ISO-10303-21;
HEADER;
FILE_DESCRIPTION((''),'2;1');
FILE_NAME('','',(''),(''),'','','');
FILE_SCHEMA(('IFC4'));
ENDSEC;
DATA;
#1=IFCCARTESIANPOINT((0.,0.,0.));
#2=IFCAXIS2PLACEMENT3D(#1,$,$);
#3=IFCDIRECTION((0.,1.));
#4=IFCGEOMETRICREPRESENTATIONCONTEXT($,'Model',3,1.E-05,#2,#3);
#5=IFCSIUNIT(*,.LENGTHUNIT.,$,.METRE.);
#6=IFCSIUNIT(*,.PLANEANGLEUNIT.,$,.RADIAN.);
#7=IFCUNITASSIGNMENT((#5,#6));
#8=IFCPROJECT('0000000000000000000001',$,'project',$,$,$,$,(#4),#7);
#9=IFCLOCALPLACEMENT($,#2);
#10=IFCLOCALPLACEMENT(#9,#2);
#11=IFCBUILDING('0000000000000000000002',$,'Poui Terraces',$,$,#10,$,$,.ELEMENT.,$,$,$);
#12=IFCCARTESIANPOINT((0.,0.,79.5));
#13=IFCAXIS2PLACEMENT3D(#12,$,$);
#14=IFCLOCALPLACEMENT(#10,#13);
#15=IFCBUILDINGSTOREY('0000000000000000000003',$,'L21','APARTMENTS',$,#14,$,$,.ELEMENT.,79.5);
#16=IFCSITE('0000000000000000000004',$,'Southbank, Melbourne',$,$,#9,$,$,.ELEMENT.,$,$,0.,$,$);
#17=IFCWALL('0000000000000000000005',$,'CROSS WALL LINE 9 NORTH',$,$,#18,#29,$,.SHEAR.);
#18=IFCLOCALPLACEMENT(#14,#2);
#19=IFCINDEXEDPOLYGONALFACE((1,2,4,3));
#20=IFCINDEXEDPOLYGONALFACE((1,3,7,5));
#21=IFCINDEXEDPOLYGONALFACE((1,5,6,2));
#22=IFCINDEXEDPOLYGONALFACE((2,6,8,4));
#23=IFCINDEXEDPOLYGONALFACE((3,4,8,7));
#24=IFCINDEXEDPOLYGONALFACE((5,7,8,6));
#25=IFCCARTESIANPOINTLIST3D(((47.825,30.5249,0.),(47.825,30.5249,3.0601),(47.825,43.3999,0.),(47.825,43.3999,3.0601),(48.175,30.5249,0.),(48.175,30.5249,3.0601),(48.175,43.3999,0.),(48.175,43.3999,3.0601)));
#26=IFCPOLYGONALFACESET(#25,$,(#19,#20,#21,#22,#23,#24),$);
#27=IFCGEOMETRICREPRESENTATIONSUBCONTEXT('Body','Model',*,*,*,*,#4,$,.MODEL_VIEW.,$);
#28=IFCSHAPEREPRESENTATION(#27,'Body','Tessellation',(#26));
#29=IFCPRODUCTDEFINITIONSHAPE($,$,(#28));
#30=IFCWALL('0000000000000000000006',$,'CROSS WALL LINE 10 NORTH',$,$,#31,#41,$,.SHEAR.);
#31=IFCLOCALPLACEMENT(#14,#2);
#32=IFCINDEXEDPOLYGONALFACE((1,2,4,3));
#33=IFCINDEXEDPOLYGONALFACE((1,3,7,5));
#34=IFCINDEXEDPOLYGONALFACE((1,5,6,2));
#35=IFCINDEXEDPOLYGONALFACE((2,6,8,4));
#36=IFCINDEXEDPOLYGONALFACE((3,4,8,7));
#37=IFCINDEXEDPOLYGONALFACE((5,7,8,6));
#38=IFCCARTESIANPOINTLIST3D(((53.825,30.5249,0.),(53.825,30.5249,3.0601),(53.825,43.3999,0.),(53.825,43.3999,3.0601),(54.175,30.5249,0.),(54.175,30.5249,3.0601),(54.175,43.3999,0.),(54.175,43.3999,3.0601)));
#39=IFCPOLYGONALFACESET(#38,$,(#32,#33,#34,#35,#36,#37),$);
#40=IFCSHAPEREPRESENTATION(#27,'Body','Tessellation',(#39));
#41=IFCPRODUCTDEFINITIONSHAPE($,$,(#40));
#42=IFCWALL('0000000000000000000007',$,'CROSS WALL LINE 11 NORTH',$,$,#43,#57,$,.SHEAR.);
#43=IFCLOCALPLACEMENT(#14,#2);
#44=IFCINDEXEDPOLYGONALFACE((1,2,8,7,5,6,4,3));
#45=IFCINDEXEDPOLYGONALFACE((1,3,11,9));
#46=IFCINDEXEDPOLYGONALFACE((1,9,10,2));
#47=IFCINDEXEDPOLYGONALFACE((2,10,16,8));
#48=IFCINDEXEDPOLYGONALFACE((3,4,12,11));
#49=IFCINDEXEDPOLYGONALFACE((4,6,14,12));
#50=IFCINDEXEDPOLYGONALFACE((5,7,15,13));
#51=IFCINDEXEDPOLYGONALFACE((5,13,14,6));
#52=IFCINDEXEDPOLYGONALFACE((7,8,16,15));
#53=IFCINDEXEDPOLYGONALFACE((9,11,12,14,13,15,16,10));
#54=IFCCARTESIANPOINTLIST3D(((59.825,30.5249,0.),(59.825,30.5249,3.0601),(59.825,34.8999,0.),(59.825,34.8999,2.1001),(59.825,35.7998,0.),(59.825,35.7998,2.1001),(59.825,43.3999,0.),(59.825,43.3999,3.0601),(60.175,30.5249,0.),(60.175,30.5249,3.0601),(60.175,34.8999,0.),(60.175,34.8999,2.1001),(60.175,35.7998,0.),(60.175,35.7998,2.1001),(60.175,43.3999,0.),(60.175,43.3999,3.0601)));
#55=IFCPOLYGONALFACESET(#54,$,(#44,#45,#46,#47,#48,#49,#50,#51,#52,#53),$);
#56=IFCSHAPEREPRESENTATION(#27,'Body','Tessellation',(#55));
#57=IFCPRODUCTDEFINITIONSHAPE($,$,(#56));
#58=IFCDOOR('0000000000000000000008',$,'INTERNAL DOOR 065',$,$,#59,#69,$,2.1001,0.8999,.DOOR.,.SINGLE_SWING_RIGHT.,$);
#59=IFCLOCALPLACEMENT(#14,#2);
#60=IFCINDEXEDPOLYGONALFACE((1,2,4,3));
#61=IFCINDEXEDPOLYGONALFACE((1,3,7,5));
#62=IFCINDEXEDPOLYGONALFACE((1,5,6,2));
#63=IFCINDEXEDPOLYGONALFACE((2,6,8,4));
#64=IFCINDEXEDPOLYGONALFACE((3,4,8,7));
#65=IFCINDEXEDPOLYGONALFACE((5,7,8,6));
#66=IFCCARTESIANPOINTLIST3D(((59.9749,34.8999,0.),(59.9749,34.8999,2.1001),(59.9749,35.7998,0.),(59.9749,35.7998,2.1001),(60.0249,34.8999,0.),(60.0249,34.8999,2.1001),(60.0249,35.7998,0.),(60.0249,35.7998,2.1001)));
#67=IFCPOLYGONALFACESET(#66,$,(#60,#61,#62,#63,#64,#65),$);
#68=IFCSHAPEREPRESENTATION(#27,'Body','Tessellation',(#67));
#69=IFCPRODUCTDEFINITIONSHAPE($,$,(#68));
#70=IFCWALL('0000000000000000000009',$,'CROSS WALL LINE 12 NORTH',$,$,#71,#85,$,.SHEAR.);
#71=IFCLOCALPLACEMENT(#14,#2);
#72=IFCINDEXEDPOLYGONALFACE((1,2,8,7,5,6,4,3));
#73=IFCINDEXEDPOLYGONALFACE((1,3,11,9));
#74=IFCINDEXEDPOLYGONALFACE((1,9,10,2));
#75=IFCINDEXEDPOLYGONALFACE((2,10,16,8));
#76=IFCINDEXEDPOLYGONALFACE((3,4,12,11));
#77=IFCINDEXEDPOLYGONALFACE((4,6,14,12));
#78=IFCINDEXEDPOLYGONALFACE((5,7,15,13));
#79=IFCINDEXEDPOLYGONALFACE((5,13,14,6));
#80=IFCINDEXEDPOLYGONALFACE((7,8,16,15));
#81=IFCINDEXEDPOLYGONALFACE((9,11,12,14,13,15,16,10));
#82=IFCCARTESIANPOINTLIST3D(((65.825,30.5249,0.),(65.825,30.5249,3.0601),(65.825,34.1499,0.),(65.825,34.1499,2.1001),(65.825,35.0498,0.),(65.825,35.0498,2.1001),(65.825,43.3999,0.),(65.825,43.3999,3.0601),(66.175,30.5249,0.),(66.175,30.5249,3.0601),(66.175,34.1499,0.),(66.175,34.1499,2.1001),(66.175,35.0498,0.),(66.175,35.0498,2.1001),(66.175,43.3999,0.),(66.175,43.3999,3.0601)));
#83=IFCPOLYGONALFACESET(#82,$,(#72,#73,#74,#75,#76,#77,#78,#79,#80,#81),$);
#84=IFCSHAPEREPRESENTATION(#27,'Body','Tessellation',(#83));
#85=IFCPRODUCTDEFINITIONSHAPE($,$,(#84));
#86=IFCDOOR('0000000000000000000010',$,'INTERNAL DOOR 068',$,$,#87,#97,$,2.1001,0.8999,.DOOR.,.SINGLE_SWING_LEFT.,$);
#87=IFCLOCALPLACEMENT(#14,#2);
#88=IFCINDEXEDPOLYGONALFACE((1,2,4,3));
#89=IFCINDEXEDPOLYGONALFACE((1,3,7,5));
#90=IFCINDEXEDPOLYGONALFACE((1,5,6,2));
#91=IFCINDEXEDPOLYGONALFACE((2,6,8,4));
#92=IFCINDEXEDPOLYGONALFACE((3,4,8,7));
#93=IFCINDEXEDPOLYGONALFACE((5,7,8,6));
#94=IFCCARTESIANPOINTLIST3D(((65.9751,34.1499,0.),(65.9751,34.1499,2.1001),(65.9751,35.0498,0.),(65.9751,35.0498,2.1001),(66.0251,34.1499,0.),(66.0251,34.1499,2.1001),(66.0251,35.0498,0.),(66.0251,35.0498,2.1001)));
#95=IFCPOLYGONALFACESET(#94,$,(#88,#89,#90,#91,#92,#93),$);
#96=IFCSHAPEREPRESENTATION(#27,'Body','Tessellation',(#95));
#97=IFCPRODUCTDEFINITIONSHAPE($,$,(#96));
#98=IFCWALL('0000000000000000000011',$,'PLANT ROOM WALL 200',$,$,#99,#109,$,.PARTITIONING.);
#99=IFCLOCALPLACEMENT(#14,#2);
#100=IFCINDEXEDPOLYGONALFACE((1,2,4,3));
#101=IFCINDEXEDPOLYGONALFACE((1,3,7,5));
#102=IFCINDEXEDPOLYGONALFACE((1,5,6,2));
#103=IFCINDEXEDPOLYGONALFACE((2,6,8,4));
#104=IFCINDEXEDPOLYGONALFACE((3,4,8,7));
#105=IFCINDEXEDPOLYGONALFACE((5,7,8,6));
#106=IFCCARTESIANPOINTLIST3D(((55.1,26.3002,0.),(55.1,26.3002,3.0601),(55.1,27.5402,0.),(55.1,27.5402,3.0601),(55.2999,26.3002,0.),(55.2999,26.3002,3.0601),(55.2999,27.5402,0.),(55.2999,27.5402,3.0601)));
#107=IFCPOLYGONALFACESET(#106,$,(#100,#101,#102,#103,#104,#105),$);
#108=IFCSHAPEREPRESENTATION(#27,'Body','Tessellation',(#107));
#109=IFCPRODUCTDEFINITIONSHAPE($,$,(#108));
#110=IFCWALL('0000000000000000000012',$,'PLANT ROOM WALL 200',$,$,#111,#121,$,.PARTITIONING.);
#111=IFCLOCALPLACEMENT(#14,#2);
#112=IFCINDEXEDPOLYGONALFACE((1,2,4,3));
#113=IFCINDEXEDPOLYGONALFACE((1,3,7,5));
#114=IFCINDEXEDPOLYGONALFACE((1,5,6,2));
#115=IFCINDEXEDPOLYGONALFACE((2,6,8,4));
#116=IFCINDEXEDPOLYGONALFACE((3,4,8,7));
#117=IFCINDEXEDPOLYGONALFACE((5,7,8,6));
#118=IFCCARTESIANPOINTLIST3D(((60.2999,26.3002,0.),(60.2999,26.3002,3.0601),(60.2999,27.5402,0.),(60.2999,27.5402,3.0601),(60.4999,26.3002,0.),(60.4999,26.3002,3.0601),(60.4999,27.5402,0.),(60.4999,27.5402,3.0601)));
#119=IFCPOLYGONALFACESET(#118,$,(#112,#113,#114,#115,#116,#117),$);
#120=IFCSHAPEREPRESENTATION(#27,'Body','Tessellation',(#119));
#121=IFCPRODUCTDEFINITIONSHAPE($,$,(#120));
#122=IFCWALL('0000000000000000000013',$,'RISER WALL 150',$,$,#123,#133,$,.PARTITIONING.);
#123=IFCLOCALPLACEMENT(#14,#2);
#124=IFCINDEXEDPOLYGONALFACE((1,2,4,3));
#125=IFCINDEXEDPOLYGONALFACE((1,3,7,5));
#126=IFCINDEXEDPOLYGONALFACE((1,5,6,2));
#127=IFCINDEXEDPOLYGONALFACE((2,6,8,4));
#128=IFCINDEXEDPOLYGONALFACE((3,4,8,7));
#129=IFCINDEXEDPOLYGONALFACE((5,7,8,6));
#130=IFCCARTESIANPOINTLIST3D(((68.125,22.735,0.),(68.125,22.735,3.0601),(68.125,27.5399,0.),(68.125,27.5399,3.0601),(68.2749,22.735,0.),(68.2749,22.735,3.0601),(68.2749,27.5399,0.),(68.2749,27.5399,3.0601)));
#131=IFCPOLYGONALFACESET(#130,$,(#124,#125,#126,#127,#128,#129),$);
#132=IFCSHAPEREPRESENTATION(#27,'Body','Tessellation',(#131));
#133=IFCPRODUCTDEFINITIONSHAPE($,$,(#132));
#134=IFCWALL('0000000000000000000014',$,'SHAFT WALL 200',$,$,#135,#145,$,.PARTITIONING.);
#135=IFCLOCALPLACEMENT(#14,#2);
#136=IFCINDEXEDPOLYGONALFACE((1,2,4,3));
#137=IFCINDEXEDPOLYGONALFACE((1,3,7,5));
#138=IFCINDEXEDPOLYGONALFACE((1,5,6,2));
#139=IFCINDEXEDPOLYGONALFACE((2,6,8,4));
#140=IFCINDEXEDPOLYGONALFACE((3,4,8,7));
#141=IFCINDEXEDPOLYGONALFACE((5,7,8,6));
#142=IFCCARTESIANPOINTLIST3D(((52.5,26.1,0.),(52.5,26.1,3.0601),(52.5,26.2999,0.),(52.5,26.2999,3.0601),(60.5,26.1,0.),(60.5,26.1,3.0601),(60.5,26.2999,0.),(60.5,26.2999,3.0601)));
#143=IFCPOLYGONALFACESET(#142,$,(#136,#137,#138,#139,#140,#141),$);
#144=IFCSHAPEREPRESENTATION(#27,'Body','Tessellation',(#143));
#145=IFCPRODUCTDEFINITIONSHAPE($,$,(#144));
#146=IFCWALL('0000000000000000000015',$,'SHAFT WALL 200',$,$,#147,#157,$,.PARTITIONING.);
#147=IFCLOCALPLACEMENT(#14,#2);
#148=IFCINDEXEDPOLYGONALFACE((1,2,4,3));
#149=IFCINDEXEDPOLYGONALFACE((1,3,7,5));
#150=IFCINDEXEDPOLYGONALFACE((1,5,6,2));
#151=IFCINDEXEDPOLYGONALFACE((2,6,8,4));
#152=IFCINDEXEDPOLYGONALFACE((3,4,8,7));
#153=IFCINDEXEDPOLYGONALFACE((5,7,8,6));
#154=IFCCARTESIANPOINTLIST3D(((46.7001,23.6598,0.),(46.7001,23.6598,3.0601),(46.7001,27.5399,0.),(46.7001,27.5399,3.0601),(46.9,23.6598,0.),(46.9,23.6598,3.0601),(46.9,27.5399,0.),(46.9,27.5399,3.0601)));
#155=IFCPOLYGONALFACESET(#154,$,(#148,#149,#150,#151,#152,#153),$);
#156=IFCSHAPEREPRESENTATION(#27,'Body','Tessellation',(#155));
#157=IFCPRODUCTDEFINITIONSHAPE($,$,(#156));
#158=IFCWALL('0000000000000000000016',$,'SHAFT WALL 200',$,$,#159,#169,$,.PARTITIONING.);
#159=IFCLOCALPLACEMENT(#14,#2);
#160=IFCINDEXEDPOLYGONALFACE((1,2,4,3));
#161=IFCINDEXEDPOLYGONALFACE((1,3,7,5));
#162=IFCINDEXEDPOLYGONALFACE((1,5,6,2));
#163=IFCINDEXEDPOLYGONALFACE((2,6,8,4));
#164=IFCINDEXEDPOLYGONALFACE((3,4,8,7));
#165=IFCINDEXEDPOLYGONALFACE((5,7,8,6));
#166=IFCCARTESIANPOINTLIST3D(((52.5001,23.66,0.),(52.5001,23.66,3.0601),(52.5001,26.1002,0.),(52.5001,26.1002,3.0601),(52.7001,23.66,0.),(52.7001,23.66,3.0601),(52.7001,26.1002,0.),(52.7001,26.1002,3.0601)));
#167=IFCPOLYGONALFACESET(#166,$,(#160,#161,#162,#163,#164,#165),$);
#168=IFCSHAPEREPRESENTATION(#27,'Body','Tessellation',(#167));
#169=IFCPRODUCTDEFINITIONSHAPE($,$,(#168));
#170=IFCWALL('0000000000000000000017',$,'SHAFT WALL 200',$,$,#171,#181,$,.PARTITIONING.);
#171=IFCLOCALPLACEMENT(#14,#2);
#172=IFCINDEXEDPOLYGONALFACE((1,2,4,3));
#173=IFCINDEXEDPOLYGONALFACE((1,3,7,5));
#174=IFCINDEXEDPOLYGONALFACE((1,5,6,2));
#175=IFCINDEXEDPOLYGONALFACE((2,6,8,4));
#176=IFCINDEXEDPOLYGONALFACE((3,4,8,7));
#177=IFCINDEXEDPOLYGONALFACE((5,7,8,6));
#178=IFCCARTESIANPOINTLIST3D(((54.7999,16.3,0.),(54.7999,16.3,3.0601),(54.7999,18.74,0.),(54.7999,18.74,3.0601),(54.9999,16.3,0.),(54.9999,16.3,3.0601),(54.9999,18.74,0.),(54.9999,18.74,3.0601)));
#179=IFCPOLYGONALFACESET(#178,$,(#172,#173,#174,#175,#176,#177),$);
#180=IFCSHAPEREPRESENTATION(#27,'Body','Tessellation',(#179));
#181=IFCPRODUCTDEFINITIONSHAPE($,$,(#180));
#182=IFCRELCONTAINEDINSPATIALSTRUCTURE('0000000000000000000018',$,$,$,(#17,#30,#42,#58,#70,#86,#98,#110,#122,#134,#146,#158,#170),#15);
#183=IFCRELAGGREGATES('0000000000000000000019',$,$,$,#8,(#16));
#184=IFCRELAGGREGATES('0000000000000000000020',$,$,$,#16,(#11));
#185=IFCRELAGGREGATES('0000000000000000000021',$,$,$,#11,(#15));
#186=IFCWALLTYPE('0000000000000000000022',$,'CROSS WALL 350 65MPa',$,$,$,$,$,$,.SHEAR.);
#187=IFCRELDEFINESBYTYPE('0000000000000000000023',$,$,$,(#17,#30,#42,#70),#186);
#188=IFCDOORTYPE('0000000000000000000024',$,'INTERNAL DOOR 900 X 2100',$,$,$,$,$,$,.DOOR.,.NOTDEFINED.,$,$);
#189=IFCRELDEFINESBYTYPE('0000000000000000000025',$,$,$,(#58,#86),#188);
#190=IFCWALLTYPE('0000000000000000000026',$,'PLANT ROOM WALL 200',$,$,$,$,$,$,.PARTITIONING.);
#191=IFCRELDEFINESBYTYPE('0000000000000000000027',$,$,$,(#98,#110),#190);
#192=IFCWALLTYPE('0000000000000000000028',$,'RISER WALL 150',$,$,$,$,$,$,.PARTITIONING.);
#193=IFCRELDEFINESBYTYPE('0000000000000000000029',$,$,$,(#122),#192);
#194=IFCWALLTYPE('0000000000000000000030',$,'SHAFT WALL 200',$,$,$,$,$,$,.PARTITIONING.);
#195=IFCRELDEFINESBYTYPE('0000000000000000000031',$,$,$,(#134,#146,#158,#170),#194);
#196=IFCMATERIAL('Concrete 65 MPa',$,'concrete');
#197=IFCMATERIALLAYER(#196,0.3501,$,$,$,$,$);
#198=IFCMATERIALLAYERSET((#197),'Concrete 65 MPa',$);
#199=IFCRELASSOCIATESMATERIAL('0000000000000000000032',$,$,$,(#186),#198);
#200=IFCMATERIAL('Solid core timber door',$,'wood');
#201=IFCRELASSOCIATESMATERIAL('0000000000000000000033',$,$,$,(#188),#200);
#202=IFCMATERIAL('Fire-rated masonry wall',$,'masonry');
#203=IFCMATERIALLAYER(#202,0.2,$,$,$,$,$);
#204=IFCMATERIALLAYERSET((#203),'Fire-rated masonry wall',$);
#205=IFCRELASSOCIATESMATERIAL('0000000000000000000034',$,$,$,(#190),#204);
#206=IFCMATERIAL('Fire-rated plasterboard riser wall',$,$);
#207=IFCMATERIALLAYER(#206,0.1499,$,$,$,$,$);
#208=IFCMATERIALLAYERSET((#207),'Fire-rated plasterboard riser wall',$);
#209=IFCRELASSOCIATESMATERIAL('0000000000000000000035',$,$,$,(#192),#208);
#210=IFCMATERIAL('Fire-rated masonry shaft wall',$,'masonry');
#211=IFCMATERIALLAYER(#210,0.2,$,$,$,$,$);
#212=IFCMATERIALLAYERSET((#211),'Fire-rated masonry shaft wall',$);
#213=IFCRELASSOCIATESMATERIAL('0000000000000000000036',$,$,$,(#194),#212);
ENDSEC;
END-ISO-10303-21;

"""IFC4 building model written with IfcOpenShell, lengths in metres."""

from ifc_helpers import new_model, si_unit, direction, frame, frame_2d, origin, place, context, subcontext, project, spatial, rectangle, extrude, material, layer, layer_set, type_object, element, fill, save


model = new_model("IFC4")

# Units and contexts
model_context = context("Model", 3, precision=1e-05, world=origin(), true_north=direction((0.0, 1.0)))
body_context = subcontext(model_context, "Body", "Model", "MODEL_VIEW")
ifc_project = project(units=[si_unit("LENGTHUNIT", "METRE"), si_unit("PLANEANGLEUNIT", "RADIAN")], contexts=[model_context])

# Site, building, storey
site_placement = place(None, origin())
site = spatial("IfcSite", under=ifc_project, at=site_placement, Name="Southbank, Melbourne", CompositionType="ELEMENT", RefElevation=0.0)
building_placement = place(site_placement, origin())
building = spatial("IfcBuilding", under=site, at=building_placement, Name="Poui Terraces", CompositionType="ELEMENT")
storey_placement = place(building_placement, frame((0.0, 0.0, 79.5)))
storey = spatial("IfcBuildingStorey", under=building, at=storey_placement, Name="L21", Description="APARTMENTS", CompositionType="ELEMENT", Elevation=79.5)

# Shared definitions
ifc_material_1 = material(Name="Concrete 65 MPa", Category="concrete")

# Walls
ifc_layer_1 = layer(ifc_material_1, 0.3501)
ifc_layer_set_1 = layer_set([ifc_layer_1], Name="Concrete 65 MPa")
wall_type_1 = type_object("IfcWallType", Name="CROSS WALL 350 65MPa", PredefinedType="SHEAR", material=ifc_layer_set_1)
for number, where, z_axis, x_axis, name in (
    (1, (48.0, 30.5249, 0.0), (0.0, 0.0, 1.0), (0.0, 1.0, 0.0), "CROSS WALL LINE 9 NORTH"),
    (2, (54.0, 30.5249, 0.0), (0.0, 0.0, 1.0), (0.0, 1.0, 0.0), "CROSS WALL LINE 10 NORTH"),
):
    element("IfcWall", number, at=place(storey_placement, frame(where, z_axis=z_axis, x_axis=x_axis)), inside=storey, type_object=wall_type_1, Name=name, PredefinedType="SHEAR", context=body_context, shape_type="SweptSolid", body=[
        extrude(rectangle(XDim=12.875, YDim=0.3501, at=frame_2d((6.4375, 0.0))), origin(), (0.0, 0.0, 1.0), 3.0601),
    ])

# Walls, openings, doors
wall_1_placement = place(storey_placement, frame((60.0, 30.5249, 0.0), z_axis=(0.0, 0.0, 1.0), x_axis=(0.0, 1.0, 0.0)))
wall_1 = element("IfcWall", 3, at=wall_1_placement, inside=storey, type_object=wall_type_1, Name="CROSS WALL LINE 11 NORTH", PredefinedType="SHEAR", context=body_context, shape_type="SweptSolid", body=[
    extrude(rectangle(XDim=12.875, YDim=0.3501, at=frame_2d((6.4375, 0.0))), origin(), (0.0, 0.0, 1.0), 3.0601),
])
opening_1_placement = place(wall_1_placement, frame((4.375, 0.0, 0.0)))
opening_1 = element("IfcOpeningElement", 4, at=opening_1_placement, cuts=wall_1, PredefinedType="OPENING", context=body_context, shape_type="SweptSolid", body=[
    extrude(rectangle(XDim=0.8999, YDim=2.1001, at=frame_2d((0.45, 1.05))), frame((0.0, 0.1851, 0.0), z_axis=(0.0, -1.0, 0.0), x_axis=(1.0, 0.0, 0.0)), (0.0, 0.0, 1.0), 0.3701),
])
ifc_material_2 = material(Name="Solid core timber door", Category="wood")
door_type_1 = type_object("IfcDoorType", Name="INTERNAL DOOR 900 X 2100", OperationType="NOTDEFINED", PredefinedType="DOOR", material=ifc_material_2)
door_1_placement = place(opening_1_placement, frame((0.8999, 0.0, 0.0), z_axis=(0.0, 0.0, 1.0), x_axis=(-1.0, 0.0, 0.0)))
door_1 = element("IfcDoor", 5, at=door_1_placement, inside=storey, type_object=door_type_1, Name="INTERNAL DOOR 065", OperationType="SINGLE_SWING_RIGHT", OverallHeight=2.1001, OverallWidth=0.8999, PredefinedType="DOOR", context=body_context, shape_type="SweptSolid", body=[
    extrude(rectangle(XDim=0.8999, YDim=2.1001, at=frame_2d((0.45, 1.05))), frame((0.0, 0.0249, 0.0), z_axis=(0.0, -1.0, 0.0), x_axis=(1.0, 0.0, 0.0)), (0.0, 0.0, 1.0), 0.05),
])
fill(opening_1, door_1)
wall_2_placement = place(storey_placement, frame((66.0, 30.5249, 0.0), z_axis=(0.0, 0.0, 1.0), x_axis=(0.0, 1.0, 0.0)))
wall_2 = element("IfcWall", 6, at=wall_2_placement, inside=storey, type_object=wall_type_1, Name="CROSS WALL LINE 12 NORTH", PredefinedType="SHEAR", context=body_context, shape_type="SweptSolid", body=[
    extrude(rectangle(XDim=12.875, YDim=0.3501, at=frame_2d((6.4375, 0.0))), origin(), (0.0, 0.0, 1.0), 3.0601),
])
opening_2_placement = place(wall_2_placement, frame((3.625, 0.0, 0.0)))
opening_2 = element("IfcOpeningElement", 7, at=opening_2_placement, cuts=wall_2, PredefinedType="OPENING", context=body_context, shape_type="SweptSolid", body=[
    extrude(rectangle(XDim=0.8999, YDim=2.1001, at=frame_2d((0.45, 1.05))), frame((0.0, 0.1851, 0.0), z_axis=(0.0, -1.0, 0.0), x_axis=(1.0, 0.0, 0.0)), (0.0, 0.0, 1.0), 0.3701),
])
door_2_placement = place(opening_2_placement, origin())
door_2 = element("IfcDoor", 8, at=door_2_placement, inside=storey, type_object=door_type_1, Name="INTERNAL DOOR 068", OperationType="SINGLE_SWING_LEFT", OverallHeight=2.1001, OverallWidth=0.8999, PredefinedType="DOOR", context=body_context, shape_type="SweptSolid", body=[
    extrude(rectangle(XDim=0.8999, YDim=2.1001, at=frame_2d((0.45, 1.05))), frame((0.0, 0.0249, 0.0), z_axis=(0.0, -1.0, 0.0), x_axis=(1.0, 0.0, 0.0)), (0.0, 0.0, 1.0), 0.05),
])
fill(opening_2, door_2)

# Walls
ifc_material_3 = material(Name="Fire-rated masonry wall", Category="masonry")
ifc_layer_2 = layer(ifc_material_3, 0.2)
ifc_layer_set_2 = layer_set([ifc_layer_2], Name="Fire-rated masonry wall")
wall_type_2 = type_object("IfcWallType", Name="PLANT ROOM WALL 200", PredefinedType="PARTITIONING", material=ifc_layer_set_2)
for number, where, z_axis, x_axis, name in (
    (9, (55.2, 26.3, 0.0), (0.0, 0.0, 1.0), (0.0, 1.0, 0.0), "PLANT ROOM WALL 200"),
    (10, (60.3999, 26.3, 0.0), (0.0, 0.0, 1.0), (0.0, 1.0, 0.0), "PLANT ROOM WALL 200"),
):
    element("IfcWall", number, at=place(storey_placement, frame(where, z_axis=z_axis, x_axis=x_axis)), inside=storey, type_object=wall_type_2, Name=name, PredefinedType="PARTITIONING", context=body_context, shape_type="SweptSolid", body=[
        extrude(rectangle(XDim=1.24, YDim=0.2, at=frame_2d((0.6201, 0.0))), origin(), (0.0, 0.0, 1.0), 3.0601),
    ])
ifc_material_4 = material(Name="Fire-rated plasterboard riser wall")
ifc_layer_3 = layer(ifc_material_4, 0.1499)
ifc_layer_set_3 = layer_set([ifc_layer_3], Name="Fire-rated plasterboard riser wall")
wall_type_3 = type_object("IfcWallType", Name="RISER WALL 150", PredefinedType="PARTITIONING", material=ifc_layer_set_3)
wall_3_placement = place(storey_placement, frame((68.2, 22.7351, 0.0), z_axis=(0.0, 0.0, 1.0), x_axis=(0.0, 1.0, 0.0)))
element("IfcWall", 11, at=wall_3_placement, inside=storey, type_object=wall_type_3, Name="RISER WALL 150", PredefinedType="PARTITIONING", context=body_context, shape_type="SweptSolid", body=[
    extrude(rectangle(XDim=4.8049, YDim=0.1499, at=frame_2d((2.4023, 0.0))), origin(), (0.0, 0.0, 1.0), 3.0601),
])
ifc_material_5 = material(Name="Fire-rated masonry shaft wall", Category="masonry")
ifc_layer_4 = layer(ifc_material_5, 0.2)
ifc_layer_set_4 = layer_set([ifc_layer_4], Name="Fire-rated masonry shaft wall")
wall_type_4 = type_object("IfcWallType", Name="SHAFT WALL 200", PredefinedType="PARTITIONING", material=ifc_layer_set_4)
wall_4_placement = place(storey_placement, frame((52.5, 26.2, 0.0), z_axis=(0.0, 0.0, 1.0), x_axis=(1.0, 0.0, 0.0)))
element("IfcWall", 12, at=wall_4_placement, inside=storey, type_object=wall_type_4, Name="SHAFT WALL 200", PredefinedType="PARTITIONING", context=body_context, shape_type="SweptSolid", body=[
    extrude(rectangle(XDim=8.0, YDim=0.2, at=frame_2d((4.0, 0.0))), origin(), (0.0, 0.0, 1.0), 3.0601),
])
wall_5_placement = place(storey_placement, frame((46.8, 23.6599, 0.0), z_axis=(0.0, 0.0, 1.0), x_axis=(0.0, 1.0, 0.0)))
element("IfcWall", 13, at=wall_5_placement, inside=storey, type_object=wall_type_4, Name="SHAFT WALL 200", PredefinedType="PARTITIONING", context=body_context, shape_type="SweptSolid", body=[
    extrude(rectangle(XDim=3.8801, YDim=0.2, at=frame_2d((1.9399, 0.0))), origin(), (0.0, 0.0, 1.0), 3.0601),
])
wall_6_placement = place(storey_placement, frame((52.6001, 23.6599, 0.0), z_axis=(0.0, 0.0, 1.0), x_axis=(0.0, 1.0, 0.0)))
element("IfcWall", 14, at=wall_6_placement, inside=storey, type_object=wall_type_4, Name="SHAFT WALL 200", PredefinedType="PARTITIONING", context=body_context, shape_type="SweptSolid", body=[
    extrude(rectangle(XDim=2.4402, YDim=0.2, at=frame_2d((1.2202, 0.0))), origin(), (0.0, 0.0, 1.0), 3.0601),
])
wall_7_placement = place(storey_placement, frame((54.8999, 16.3, 0.0), z_axis=(0.0, 0.0, 1.0), x_axis=(0.0, 1.0, 0.0)))
element("IfcWall", 15, at=wall_7_placement, inside=storey, type_object=wall_type_4, Name="SHAFT WALL 200", PredefinedType="PARTITIONING", context=body_context, shape_type="SweptSolid", body=[
    extrude(rectangle(XDim=2.4399, YDim=0.2, at=frame_2d((1.22, 0.0))), origin(), (0.0, 0.0, 1.0), 3.0601),
])

save(model, "model.ifc")
